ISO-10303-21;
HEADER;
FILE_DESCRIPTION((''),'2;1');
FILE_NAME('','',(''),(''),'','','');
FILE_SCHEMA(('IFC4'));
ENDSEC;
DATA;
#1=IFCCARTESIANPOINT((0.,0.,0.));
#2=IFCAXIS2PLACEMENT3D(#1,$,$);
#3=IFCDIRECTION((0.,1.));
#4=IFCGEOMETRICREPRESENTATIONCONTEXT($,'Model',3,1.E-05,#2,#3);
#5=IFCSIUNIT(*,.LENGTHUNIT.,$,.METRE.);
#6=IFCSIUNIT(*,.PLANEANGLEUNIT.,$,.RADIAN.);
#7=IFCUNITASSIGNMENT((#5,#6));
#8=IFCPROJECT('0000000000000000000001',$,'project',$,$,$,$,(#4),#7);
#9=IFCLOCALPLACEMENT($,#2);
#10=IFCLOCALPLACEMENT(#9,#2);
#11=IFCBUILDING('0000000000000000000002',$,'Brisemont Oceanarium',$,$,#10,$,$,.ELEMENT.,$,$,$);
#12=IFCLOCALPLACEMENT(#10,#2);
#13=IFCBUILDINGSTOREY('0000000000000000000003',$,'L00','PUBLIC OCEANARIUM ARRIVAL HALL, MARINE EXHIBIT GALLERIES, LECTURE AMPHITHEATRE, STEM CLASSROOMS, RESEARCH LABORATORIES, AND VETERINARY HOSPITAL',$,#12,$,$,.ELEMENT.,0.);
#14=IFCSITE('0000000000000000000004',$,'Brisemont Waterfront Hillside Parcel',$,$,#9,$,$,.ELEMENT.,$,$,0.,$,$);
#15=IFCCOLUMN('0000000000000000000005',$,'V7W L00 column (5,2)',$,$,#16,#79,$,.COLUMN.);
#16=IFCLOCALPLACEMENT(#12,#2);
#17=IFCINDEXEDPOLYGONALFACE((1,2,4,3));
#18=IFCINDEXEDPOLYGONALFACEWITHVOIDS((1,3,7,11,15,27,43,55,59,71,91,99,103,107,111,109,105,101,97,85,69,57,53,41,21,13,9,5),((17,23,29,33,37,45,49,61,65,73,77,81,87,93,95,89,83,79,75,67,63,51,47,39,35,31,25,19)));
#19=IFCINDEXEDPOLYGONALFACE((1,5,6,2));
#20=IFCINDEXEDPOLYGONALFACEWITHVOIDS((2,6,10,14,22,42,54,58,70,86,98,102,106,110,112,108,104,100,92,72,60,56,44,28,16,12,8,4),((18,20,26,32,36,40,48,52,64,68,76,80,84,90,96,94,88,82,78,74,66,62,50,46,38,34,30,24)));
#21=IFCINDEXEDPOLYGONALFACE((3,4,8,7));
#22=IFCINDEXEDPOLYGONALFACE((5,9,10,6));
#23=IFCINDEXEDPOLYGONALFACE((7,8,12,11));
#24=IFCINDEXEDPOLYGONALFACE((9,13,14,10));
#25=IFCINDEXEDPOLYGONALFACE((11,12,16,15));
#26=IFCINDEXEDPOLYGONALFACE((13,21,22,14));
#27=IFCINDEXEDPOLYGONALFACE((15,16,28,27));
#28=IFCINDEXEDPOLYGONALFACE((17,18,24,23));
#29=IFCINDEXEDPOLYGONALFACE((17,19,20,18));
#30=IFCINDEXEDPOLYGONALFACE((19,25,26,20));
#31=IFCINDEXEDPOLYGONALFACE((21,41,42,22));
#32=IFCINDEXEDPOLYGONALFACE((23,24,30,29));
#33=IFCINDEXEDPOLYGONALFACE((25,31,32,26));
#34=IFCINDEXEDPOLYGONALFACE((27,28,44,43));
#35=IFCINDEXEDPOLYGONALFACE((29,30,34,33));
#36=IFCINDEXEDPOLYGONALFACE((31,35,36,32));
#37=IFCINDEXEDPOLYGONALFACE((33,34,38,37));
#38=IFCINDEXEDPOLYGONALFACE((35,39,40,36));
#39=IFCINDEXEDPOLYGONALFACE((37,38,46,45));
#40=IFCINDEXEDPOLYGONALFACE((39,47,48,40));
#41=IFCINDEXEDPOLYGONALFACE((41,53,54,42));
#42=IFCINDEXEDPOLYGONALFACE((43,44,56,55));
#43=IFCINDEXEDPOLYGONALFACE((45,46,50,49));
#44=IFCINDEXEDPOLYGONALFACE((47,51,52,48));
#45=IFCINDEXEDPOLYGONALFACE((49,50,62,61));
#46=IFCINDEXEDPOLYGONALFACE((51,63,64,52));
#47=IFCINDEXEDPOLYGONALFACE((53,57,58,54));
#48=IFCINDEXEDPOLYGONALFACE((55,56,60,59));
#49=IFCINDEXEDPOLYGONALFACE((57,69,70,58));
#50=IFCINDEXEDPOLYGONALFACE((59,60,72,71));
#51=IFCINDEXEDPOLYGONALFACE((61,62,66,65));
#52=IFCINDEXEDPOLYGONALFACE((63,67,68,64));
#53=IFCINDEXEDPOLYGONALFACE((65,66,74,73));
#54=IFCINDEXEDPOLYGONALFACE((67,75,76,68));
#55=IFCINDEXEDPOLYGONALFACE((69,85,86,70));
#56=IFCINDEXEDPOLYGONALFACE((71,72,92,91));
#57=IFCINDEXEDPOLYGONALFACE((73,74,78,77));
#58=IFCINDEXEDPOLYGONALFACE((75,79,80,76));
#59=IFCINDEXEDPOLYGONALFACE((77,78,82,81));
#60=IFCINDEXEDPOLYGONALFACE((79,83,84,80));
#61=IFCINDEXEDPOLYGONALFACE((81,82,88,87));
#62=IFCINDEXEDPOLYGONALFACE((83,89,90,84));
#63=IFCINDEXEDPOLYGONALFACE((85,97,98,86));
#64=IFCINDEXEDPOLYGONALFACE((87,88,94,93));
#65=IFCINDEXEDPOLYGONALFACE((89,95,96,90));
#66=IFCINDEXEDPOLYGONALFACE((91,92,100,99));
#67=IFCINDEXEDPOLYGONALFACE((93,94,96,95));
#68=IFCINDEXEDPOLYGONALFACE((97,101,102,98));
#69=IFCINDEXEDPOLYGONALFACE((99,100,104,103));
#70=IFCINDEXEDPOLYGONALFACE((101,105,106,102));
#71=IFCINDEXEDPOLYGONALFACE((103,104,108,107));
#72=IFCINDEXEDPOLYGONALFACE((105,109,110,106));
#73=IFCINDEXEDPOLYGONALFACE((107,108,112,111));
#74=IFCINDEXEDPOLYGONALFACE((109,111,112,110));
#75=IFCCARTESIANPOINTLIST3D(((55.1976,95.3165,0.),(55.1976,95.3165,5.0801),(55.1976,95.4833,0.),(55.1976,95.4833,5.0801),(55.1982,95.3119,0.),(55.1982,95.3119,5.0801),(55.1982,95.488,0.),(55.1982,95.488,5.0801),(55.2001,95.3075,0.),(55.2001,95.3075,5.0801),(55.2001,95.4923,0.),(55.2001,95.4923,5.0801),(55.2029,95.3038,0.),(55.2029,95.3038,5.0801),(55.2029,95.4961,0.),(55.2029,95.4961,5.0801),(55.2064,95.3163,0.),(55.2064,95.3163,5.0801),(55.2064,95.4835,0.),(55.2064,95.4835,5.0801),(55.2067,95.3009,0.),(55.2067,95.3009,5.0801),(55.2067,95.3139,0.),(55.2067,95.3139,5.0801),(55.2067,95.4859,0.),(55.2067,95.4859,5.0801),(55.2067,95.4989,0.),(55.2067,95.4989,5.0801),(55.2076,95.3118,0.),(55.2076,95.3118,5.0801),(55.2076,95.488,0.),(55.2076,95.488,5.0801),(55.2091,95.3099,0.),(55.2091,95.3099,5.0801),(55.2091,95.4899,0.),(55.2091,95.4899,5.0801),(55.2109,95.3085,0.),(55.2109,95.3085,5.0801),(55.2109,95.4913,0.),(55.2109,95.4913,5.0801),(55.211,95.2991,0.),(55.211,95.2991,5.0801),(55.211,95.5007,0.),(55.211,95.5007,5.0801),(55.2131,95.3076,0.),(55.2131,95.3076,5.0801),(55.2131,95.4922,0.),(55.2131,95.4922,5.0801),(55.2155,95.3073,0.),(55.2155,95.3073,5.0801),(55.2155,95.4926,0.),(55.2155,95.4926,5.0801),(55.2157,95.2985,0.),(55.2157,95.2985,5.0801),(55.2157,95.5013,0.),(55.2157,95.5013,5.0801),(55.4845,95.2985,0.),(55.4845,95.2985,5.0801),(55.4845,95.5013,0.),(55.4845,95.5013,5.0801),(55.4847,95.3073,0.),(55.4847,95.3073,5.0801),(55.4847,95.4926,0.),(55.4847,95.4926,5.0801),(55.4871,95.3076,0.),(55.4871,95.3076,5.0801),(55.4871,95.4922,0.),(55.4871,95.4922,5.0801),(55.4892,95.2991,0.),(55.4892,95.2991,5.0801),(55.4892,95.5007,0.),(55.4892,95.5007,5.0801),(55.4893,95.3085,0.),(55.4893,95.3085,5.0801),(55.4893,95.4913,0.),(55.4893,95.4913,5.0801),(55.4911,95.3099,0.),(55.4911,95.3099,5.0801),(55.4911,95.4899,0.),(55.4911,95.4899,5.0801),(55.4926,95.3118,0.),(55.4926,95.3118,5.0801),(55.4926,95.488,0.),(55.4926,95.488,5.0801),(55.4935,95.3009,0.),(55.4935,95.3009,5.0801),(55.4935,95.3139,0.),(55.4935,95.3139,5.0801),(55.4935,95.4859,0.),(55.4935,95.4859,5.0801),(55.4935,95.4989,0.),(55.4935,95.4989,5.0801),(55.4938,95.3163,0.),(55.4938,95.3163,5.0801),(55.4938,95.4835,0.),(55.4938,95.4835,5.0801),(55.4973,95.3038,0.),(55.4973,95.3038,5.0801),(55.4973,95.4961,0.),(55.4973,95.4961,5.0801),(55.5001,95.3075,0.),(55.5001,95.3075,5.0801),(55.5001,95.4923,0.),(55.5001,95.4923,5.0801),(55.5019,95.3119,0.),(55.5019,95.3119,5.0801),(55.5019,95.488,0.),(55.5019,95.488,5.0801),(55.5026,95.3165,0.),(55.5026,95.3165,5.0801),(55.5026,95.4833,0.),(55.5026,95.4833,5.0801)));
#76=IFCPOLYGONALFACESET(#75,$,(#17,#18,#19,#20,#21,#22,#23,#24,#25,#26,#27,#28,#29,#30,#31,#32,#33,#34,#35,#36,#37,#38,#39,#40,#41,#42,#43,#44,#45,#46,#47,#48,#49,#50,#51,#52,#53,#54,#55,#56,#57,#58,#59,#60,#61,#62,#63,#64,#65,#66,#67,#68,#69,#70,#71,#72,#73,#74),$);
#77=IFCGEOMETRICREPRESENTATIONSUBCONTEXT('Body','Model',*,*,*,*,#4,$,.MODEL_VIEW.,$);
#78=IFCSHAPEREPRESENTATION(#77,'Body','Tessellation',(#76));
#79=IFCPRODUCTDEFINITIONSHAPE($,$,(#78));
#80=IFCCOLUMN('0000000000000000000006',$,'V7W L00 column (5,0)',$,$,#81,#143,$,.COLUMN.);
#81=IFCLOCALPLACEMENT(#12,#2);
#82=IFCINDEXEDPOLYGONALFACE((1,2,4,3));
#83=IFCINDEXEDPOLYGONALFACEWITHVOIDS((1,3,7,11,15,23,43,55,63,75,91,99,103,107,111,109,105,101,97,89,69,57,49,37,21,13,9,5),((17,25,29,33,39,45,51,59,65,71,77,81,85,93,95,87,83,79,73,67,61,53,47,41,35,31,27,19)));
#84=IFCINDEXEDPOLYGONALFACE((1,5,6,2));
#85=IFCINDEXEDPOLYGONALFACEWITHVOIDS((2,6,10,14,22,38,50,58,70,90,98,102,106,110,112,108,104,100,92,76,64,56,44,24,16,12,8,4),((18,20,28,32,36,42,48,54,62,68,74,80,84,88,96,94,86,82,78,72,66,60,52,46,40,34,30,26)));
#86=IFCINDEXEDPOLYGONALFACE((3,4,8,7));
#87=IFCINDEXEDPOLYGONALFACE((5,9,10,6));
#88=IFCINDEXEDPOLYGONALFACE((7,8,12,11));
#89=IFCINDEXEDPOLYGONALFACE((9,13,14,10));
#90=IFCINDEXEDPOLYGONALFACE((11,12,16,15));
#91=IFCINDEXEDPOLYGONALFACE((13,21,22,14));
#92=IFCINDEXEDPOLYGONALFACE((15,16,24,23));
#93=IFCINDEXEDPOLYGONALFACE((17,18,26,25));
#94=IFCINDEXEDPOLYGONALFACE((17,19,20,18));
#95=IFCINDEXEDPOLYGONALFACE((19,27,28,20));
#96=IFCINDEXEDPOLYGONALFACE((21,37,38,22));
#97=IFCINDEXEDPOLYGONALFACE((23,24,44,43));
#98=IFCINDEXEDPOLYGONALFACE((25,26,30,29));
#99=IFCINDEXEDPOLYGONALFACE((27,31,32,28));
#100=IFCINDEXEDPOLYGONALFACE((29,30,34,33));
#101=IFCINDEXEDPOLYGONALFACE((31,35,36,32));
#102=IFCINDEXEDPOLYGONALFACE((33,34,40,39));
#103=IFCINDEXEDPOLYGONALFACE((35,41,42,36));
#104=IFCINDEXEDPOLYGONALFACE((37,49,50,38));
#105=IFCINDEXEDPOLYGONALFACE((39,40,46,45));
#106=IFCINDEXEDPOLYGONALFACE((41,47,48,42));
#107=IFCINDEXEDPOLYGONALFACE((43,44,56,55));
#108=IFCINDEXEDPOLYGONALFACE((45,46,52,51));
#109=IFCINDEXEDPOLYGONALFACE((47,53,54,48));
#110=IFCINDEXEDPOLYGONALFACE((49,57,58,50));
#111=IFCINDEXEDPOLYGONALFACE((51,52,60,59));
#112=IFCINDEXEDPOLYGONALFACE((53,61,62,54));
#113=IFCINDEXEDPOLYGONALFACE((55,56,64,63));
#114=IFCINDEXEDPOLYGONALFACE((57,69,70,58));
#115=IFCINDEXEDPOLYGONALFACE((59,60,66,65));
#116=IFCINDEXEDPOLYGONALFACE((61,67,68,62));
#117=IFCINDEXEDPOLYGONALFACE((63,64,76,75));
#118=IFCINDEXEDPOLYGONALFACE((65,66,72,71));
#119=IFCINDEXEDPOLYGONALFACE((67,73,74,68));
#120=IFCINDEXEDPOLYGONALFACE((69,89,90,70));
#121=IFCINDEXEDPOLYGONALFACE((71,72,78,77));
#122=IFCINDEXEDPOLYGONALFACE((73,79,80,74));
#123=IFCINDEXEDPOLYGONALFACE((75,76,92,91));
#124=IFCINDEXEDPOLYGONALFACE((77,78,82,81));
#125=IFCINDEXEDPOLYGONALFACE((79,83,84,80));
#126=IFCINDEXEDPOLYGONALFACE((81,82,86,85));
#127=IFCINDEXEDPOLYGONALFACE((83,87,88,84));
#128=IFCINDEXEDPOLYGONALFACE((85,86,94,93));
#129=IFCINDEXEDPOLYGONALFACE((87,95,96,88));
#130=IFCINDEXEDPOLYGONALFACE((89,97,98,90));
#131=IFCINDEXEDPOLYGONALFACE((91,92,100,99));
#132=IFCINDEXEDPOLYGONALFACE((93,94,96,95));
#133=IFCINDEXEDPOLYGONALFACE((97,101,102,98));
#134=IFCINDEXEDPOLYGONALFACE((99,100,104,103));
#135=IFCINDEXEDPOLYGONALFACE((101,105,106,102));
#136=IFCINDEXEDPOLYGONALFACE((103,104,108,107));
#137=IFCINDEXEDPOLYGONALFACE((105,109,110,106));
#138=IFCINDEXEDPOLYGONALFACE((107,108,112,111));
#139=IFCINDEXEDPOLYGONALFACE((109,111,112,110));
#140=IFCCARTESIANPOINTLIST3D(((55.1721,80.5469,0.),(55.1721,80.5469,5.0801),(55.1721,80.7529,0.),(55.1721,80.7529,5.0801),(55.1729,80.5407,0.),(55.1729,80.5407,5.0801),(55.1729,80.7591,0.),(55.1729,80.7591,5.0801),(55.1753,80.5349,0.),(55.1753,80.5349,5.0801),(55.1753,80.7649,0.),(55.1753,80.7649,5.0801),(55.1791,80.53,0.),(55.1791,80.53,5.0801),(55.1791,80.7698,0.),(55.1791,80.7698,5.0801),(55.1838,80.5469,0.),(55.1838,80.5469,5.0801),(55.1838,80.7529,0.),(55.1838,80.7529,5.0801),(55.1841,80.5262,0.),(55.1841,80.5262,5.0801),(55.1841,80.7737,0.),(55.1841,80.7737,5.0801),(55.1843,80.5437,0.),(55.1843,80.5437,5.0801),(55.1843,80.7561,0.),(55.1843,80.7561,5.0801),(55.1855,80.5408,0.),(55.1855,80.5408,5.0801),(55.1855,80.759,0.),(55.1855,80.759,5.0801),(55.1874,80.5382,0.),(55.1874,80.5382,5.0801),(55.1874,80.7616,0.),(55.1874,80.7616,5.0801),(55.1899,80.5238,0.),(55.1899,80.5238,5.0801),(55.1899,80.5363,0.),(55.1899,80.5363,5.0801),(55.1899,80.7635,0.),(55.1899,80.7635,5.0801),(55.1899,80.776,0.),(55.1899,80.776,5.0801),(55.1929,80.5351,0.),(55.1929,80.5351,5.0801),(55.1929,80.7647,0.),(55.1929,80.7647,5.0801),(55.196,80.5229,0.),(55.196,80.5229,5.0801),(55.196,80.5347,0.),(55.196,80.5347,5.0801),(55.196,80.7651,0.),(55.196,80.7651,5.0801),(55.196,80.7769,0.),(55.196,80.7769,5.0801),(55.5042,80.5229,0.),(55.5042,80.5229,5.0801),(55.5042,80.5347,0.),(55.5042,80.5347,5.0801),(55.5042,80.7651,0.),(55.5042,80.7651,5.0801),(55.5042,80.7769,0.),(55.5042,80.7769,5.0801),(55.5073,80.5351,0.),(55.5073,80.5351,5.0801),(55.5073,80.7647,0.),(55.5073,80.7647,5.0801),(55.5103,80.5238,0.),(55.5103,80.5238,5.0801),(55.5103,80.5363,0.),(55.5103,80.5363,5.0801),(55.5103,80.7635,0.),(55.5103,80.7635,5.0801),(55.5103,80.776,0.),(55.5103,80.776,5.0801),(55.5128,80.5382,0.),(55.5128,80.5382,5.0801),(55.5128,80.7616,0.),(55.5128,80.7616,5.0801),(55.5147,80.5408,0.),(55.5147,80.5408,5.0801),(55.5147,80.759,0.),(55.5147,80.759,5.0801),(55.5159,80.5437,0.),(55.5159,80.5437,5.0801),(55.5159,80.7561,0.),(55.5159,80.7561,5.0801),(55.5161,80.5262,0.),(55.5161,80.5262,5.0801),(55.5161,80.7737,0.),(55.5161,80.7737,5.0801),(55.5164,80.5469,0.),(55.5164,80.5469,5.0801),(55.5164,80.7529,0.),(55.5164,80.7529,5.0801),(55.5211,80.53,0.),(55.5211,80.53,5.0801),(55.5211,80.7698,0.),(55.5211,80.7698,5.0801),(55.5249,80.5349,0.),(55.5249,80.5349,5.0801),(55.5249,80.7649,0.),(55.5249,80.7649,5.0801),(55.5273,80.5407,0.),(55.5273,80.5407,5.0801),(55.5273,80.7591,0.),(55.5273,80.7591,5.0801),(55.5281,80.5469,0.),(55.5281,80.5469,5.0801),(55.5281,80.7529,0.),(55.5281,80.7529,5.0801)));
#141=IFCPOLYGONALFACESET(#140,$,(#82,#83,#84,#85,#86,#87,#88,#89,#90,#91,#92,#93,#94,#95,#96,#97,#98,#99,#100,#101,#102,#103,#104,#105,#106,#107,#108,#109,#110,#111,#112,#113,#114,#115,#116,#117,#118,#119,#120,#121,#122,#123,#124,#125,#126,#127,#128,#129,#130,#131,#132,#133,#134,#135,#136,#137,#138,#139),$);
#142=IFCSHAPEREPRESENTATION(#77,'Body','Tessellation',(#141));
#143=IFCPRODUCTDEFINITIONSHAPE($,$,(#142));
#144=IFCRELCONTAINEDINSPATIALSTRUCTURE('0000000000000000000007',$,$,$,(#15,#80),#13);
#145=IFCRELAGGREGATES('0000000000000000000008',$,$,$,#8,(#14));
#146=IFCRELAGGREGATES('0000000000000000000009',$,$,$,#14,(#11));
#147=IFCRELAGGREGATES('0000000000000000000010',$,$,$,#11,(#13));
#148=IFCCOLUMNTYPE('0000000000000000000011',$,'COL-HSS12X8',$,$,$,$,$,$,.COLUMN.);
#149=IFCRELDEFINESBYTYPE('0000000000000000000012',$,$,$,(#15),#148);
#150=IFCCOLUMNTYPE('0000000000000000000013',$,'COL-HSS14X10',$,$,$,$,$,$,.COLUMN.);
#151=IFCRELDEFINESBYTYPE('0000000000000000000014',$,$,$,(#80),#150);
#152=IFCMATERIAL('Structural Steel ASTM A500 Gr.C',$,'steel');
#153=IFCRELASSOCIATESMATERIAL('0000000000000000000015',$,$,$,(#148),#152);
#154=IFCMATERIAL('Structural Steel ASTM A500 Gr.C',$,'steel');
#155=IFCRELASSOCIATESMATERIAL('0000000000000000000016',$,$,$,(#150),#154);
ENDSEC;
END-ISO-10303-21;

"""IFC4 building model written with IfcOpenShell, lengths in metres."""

from ifc_helpers import new_model, si_unit, direction, frame, origin, origin_2d, place, context, subcontext, project, spatial, hollow_rectangle, extrude, material, material_profile, profile_set, type_object, element, save


model = new_model("IFC4")

# Units and contexts
model_context = context("Model", 3, precision=1e-05, world=origin(), true_north=direction((0.0, 1.0)))
body_context = subcontext(model_context, "Body", "Model", "MODEL_VIEW")
ifc_project = project(units=[si_unit("LENGTHUNIT", "METRE"), si_unit("PLANEANGLEUNIT", "RADIAN")], contexts=[model_context])

# Site, building, storey
site_placement = place(None, origin())
site = spatial("IfcSite", under=ifc_project, at=site_placement, Name="Brisemont Waterfront Hillside Parcel", CompositionType="ELEMENT", RefElevation=0.0)
building_placement = place(site_placement, origin())
building = spatial("IfcBuilding", under=site, at=building_placement, Name="Brisemont Oceanarium", CompositionType="ELEMENT")
storey_placement = place(building_placement, origin())
storey = spatial("IfcBuildingStorey", under=building, at=storey_placement, Name="L00", Description="PUBLIC OCEANARIUM ARRIVAL HALL, MARINE EXHIBIT GALLERIES, LECTURE AMPHITHEATRE, STEM CLASSROOMS, RESEARCH LABORATORIES, AND VETERINARY HOSPITAL", CompositionType="ELEMENT", Elevation=0.0)

# Columns
ifc_material_1 = material(Name="Structural Steel ASTM A500 Gr.C", Category="steel")
ifc_material_profile_1 = material_profile(ifc_material_1, hollow_rectangle(XDim=0.2029, YDim=0.3049, WallThickness=0.0088, InnerFilletRadius=0.009, OuterFilletRadius=0.0181, at=origin_2d()), Name="HSS12X8X3/8")
ifc_profile_set_1 = profile_set([ifc_material_profile_1], Name="Structural Steel ASTM A500 Gr.C")
column_type_1 = type_object("IfcColumnType", Name="COL-HSS12X8", PredefinedType="COLUMN", material=ifc_profile_set_1)
column_1_placement = place(storey_placement, frame((55.3501, 95.3999, 0.0), z_axis=(0.0, 0.0, 1.0), x_axis=(0.0, 1.0, 0.0)))
element("IfcColumn", 1, at=column_1_placement, inside=storey, type_object=column_type_1, Name="V7W L00 column (5,2)", PredefinedType="COLUMN", context=body_context, shape_type="SweptSolid", body=[
    extrude(hollow_rectangle(XDim=0.2029, YDim=0.3049, WallThickness=0.0088, InnerFilletRadius=0.009, OuterFilletRadius=0.0181, at=origin_2d()), origin(), (0.0, 0.0, 1.0), 5.0801),
])
ifc_material_2 = material(Name="Structural Steel ASTM A500 Gr.C", Category="steel")
ifc_material_profile_2 = material_profile(ifc_material_2, hollow_rectangle(XDim=0.2539, YDim=0.356, WallThickness=0.0117, InnerFilletRadius=0.0122, OuterFilletRadius=0.0239, at=origin_2d()), Name="HSS14X10X1/2")
ifc_profile_set_2 = profile_set([ifc_material_profile_2], Name="Structural Steel ASTM A500 Gr.C")
column_type_2 = type_object("IfcColumnType", Name="COL-HSS14X10", PredefinedType="COLUMN", material=ifc_profile_set_2)
column_2_placement = place(storey_placement, frame((55.3501, 80.6499, 0.0), z_axis=(0.0, 0.0, 1.0), x_axis=(0.0, 1.0, 0.0)))
element("IfcColumn", 2, at=column_2_placement, inside=storey, type_object=column_type_2, Name="V7W L00 column (5,0)", PredefinedType="COLUMN", context=body_context, shape_type="SweptSolid", body=[
    extrude(hollow_rectangle(XDim=0.2539, YDim=0.356, WallThickness=0.0117, InnerFilletRadius=0.0122, OuterFilletRadius=0.0239, at=origin_2d()), origin(), (0.0, 0.0, 1.0), 5.0801),
])

save(model, "model.ifc")
